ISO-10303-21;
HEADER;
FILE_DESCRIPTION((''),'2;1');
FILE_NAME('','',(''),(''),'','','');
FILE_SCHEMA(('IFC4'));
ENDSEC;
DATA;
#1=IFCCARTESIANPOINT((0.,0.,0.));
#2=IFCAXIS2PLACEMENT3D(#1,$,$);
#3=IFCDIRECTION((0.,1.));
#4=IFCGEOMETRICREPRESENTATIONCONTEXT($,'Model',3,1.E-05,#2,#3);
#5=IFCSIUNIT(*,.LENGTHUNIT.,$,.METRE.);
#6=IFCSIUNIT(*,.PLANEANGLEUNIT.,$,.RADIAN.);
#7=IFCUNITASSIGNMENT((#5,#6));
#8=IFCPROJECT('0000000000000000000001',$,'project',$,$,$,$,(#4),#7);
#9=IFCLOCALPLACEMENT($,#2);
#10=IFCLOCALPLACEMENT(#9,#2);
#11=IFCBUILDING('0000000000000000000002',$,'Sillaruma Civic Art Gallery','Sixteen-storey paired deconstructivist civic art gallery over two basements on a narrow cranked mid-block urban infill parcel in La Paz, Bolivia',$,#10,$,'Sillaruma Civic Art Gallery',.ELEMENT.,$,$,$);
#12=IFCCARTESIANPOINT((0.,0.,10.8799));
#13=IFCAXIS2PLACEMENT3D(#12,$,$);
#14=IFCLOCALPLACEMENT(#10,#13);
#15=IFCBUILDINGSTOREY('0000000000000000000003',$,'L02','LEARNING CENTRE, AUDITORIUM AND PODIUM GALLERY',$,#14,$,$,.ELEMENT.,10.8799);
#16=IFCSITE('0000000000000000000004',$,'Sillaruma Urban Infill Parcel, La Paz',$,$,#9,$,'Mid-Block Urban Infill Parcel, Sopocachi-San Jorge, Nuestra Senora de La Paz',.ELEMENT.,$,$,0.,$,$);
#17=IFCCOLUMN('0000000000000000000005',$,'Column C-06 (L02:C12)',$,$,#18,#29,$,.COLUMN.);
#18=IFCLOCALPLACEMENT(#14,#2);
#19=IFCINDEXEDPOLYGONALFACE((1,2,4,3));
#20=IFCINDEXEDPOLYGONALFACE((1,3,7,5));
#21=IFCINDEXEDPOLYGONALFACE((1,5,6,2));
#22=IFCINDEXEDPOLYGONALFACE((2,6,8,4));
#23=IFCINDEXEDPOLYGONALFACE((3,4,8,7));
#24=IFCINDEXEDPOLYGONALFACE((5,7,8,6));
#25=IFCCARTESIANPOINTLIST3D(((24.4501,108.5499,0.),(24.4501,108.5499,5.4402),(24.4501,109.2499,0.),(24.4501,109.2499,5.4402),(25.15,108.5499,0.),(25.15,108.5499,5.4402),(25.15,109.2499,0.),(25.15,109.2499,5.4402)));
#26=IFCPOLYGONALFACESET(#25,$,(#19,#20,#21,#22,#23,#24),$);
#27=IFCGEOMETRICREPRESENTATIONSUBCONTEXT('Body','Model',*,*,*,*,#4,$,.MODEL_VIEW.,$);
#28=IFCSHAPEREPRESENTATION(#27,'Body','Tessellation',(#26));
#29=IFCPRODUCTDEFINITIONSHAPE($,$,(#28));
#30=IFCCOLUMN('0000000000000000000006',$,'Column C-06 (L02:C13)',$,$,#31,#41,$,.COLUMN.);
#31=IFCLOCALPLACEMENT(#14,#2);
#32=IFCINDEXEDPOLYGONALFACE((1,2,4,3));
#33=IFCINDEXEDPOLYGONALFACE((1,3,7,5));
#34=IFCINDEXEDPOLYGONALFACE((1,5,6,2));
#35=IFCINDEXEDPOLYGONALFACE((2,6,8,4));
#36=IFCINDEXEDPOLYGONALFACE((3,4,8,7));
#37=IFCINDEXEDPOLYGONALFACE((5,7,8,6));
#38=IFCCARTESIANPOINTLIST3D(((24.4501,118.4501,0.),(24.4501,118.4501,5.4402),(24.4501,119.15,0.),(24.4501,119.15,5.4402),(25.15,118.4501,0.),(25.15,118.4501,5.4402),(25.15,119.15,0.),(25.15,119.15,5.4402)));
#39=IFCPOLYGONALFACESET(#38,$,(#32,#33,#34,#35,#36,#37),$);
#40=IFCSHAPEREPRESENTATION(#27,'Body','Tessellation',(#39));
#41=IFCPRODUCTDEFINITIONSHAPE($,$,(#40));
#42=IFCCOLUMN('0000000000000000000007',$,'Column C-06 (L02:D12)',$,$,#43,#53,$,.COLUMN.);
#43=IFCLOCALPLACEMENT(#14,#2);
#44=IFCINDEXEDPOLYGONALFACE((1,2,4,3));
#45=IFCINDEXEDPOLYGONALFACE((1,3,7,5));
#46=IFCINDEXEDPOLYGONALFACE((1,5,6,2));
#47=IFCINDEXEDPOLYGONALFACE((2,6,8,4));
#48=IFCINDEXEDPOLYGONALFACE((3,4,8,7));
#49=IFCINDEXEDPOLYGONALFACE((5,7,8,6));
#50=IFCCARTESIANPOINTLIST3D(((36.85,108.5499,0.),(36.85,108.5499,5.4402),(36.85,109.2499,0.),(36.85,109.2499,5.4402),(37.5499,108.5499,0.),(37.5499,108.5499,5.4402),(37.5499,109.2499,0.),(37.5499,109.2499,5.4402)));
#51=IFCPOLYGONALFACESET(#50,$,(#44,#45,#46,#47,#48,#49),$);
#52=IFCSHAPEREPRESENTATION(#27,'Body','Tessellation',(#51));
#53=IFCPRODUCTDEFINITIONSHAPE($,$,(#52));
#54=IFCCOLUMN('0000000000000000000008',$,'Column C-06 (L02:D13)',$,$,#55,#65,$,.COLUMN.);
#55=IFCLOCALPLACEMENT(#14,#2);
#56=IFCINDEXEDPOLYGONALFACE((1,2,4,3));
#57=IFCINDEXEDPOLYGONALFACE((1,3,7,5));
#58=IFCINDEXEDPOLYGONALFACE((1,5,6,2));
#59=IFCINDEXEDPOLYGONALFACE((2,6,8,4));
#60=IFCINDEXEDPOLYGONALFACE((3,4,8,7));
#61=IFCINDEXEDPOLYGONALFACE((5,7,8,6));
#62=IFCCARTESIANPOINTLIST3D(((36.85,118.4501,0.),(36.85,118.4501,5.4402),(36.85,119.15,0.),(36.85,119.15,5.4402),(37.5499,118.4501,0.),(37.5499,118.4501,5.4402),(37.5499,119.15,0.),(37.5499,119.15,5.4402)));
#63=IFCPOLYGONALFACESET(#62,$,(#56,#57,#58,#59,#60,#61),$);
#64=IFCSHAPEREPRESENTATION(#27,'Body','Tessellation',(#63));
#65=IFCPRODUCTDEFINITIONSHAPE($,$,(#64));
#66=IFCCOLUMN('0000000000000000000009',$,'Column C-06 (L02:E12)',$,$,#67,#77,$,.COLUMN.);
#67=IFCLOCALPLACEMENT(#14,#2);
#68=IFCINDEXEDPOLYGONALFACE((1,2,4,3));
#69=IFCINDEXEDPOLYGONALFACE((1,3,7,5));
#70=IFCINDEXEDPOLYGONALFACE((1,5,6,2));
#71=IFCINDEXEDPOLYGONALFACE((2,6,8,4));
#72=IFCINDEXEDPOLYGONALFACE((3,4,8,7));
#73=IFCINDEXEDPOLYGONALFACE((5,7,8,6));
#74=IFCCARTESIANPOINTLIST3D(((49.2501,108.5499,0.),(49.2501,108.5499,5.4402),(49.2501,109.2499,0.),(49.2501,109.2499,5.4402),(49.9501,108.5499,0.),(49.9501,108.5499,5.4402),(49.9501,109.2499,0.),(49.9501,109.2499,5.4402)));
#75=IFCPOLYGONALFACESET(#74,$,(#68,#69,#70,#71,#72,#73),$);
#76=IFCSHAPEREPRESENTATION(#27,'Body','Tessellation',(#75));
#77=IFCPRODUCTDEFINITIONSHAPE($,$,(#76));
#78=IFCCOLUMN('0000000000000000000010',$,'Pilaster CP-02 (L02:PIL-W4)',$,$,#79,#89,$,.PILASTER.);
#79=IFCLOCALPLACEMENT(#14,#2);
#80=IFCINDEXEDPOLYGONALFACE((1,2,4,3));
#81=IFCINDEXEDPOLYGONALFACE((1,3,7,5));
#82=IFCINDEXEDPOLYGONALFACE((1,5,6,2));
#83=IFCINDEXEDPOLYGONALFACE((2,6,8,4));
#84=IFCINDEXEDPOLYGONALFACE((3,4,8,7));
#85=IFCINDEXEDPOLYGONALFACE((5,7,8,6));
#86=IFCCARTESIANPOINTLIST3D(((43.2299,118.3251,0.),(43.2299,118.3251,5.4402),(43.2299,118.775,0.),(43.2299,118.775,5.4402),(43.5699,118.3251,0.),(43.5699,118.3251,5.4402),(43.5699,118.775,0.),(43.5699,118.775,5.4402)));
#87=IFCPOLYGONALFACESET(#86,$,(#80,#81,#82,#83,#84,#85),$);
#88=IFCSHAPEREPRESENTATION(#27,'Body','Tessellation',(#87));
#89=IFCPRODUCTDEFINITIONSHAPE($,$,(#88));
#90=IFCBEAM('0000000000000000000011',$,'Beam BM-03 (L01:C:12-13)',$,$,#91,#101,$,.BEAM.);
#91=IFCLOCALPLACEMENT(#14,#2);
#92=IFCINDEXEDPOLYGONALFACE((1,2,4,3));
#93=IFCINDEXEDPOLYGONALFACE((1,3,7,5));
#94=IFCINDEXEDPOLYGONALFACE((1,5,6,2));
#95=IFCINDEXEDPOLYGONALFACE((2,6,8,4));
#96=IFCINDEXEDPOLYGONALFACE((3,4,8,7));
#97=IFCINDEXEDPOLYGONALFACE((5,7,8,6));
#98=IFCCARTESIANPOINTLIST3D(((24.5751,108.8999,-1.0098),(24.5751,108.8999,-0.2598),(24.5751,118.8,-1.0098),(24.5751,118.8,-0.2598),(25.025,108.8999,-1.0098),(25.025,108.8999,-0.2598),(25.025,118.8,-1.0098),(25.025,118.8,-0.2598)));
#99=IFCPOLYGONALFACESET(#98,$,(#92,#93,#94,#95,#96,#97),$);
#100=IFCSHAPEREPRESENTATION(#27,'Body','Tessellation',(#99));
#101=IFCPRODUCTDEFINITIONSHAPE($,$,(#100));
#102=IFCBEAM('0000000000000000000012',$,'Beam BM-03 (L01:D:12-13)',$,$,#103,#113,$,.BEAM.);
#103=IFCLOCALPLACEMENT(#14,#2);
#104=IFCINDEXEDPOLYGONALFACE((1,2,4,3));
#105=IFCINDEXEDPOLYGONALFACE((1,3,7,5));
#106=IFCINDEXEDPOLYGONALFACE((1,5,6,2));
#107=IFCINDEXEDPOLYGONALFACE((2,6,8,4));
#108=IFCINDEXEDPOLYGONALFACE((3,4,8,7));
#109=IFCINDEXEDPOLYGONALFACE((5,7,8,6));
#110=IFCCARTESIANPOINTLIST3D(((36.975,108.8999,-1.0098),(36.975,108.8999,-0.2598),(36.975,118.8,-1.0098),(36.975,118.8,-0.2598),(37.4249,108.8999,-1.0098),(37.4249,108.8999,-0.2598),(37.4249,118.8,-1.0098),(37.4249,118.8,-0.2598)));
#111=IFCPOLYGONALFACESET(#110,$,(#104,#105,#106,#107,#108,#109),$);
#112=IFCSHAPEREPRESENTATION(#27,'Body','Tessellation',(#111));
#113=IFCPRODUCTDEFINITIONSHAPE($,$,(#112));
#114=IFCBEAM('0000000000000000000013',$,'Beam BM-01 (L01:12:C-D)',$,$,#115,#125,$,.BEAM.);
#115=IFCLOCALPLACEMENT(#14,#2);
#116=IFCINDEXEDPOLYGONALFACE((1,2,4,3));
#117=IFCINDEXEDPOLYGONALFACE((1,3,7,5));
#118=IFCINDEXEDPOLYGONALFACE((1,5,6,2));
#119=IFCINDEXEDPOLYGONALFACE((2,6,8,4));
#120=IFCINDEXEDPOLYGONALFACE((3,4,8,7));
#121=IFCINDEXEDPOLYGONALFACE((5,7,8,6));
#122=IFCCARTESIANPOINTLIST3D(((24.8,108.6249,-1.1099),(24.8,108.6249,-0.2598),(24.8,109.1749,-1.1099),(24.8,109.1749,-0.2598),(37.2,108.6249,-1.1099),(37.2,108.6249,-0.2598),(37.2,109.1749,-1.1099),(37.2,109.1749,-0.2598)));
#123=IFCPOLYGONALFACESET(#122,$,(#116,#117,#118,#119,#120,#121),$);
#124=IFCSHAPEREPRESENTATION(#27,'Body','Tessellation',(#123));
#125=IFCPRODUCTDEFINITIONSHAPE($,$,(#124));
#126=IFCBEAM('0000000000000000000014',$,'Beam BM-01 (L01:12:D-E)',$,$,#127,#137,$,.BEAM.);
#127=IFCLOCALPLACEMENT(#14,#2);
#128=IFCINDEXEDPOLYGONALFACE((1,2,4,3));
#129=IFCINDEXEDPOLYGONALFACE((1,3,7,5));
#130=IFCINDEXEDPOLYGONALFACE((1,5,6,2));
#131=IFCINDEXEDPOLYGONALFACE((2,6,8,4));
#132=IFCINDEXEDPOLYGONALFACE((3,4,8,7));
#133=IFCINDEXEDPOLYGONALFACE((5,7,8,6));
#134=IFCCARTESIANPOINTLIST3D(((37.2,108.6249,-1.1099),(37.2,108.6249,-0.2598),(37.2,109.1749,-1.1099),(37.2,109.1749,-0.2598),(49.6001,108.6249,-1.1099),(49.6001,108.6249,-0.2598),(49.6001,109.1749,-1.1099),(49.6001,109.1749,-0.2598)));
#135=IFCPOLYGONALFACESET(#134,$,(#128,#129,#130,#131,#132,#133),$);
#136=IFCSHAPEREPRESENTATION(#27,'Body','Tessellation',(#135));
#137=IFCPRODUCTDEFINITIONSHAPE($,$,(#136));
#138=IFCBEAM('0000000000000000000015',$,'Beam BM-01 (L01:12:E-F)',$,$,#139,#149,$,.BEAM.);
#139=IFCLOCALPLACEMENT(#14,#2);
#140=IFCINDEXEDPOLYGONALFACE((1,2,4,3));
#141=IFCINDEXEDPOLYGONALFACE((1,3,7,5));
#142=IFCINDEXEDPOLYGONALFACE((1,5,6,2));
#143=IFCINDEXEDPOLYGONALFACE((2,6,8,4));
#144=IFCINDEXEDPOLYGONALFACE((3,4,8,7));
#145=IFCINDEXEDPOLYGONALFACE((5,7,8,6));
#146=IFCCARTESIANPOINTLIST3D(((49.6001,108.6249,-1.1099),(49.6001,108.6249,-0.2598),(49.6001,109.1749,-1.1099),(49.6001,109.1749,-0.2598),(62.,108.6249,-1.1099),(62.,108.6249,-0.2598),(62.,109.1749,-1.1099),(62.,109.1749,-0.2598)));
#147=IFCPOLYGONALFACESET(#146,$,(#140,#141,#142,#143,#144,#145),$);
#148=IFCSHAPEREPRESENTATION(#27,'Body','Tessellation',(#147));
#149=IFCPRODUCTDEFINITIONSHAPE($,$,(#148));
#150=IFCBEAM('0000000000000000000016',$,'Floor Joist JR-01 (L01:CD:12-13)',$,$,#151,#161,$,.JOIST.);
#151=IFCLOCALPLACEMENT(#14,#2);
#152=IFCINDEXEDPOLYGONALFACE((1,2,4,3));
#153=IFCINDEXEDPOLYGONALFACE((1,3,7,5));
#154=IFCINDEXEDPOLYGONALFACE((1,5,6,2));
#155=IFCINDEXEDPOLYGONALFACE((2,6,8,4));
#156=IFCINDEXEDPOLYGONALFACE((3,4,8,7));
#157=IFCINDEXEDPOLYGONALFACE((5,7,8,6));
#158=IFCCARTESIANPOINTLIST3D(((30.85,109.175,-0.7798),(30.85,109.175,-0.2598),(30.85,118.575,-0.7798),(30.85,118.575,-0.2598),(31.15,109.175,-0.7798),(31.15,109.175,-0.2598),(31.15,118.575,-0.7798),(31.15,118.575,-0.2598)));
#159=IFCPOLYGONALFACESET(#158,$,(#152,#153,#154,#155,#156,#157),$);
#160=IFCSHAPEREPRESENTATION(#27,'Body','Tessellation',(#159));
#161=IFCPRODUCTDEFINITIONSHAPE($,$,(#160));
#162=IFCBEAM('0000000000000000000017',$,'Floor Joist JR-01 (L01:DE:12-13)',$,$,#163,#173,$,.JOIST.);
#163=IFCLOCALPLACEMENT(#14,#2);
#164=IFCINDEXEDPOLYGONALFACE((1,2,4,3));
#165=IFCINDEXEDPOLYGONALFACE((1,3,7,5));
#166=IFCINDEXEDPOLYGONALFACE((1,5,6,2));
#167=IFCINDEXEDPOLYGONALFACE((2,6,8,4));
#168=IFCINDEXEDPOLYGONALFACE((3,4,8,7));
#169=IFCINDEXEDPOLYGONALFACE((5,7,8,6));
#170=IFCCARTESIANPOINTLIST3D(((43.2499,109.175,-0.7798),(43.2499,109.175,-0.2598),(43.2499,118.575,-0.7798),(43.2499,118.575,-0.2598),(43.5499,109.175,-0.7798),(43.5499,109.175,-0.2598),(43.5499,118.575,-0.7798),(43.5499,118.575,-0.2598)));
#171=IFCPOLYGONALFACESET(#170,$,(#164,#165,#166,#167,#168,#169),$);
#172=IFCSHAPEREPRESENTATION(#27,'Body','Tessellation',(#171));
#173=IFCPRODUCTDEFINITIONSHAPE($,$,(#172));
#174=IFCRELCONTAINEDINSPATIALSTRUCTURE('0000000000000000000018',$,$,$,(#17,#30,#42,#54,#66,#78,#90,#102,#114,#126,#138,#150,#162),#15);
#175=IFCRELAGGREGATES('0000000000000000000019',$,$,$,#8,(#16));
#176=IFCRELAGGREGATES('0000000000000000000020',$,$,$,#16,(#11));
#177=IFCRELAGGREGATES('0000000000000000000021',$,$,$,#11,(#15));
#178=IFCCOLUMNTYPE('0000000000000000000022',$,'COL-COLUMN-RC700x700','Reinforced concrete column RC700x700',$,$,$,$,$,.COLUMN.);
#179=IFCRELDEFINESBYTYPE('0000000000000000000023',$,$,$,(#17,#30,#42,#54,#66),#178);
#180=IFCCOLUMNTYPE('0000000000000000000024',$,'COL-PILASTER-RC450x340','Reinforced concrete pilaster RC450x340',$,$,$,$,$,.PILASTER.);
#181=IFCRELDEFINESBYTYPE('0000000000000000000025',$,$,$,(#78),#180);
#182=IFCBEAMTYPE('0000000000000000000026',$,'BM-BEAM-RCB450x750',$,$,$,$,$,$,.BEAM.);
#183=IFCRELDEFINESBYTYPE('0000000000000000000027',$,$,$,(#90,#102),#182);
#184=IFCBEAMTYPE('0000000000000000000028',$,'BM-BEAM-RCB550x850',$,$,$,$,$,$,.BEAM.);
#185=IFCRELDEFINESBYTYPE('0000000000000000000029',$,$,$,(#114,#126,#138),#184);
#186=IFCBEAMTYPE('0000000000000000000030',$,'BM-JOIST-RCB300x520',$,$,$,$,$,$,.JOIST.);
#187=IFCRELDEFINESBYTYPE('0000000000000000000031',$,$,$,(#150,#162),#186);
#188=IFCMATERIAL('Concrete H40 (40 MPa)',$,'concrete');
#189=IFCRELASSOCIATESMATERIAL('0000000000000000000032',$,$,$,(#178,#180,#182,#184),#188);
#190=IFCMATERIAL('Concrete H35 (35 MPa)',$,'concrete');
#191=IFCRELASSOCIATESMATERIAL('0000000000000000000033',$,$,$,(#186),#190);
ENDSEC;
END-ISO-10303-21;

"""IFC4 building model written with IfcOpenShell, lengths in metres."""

from ifc_helpers import new_model, si_unit, direction, frame, origin, origin_2d, place, context, subcontext, project, spatial, rectangle, extrude, material, material_profile, profile_set, type_object, element, save


model = new_model("IFC4")

# Units and contexts
model_context = context("Model", 3, precision=1e-05, world=origin(), true_north=direction((0.0, 1.0)))
body_context = subcontext(model_context, "Body", "Model", "MODEL_VIEW")
ifc_project = project(units=[si_unit("LENGTHUNIT", "METRE"), si_unit("PLANEANGLEUNIT", "RADIAN")], contexts=[model_context])

# Site, building, storey
site_placement = place(None, origin())
site = spatial("IfcSite", under=ifc_project, at=site_placement, Name="Sillaruma Urban Infill Parcel, La Paz", LongName="Mid-Block Urban Infill Parcel, Sopocachi-San Jorge, Nuestra Senora de La Paz", CompositionType="ELEMENT", RefElevation=0.0)
building_placement = place(site_placement, origin())
building = spatial("IfcBuilding", under=site, at=building_placement, Name="Sillaruma Civic Art Gallery", Description="Sixteen-storey paired deconstructivist civic art gallery over two basements on a narrow cranked mid-block urban infill parcel in La Paz, Bolivia", LongName="Sillaruma Civic Art Gallery", CompositionType="ELEMENT")
storey_placement = place(building_placement, frame((0.0, 0.0, 10.8799)))
storey = spatial("IfcBuildingStorey", under=building, at=storey_placement, Name="L02", Description="LEARNING CENTRE, AUDITORIUM AND PODIUM GALLERY", CompositionType="ELEMENT", Elevation=10.8799)

# Columns
ifc_material_1 = material(Name="Concrete H40 (40 MPa)", Category="concrete")
ifc_material_profile_1 = material_profile(ifc_material_1, rectangle(XDim=0.7, YDim=0.7, at=origin_2d()), Name="RC700x700")
ifc_profile_set_1 = profile_set([ifc_material_profile_1], Name="Concrete H40 (40 MPa)")
column_type_1 = type_object("IfcColumnType", Name="COL-COLUMN-RC700x700", Description="Reinforced concrete column RC700x700", PredefinedType="COLUMN", material=ifc_profile_set_1)
for number, where, z_axis, x_axis, name in (
    (1, (24.8, 108.8999, 0.0), (0.0, 0.0, 1.0), (1.0, 0.0, 0.0), "Column C-06 (L02:C12)"),
    (2, (24.8, 118.8, 0.0), (0.0, 0.0, 1.0), (1.0, 0.0, 0.0), "Column C-06 (L02:C13)"),
    (3, (37.2, 108.8999, 0.0), (0.0, 0.0, 1.0), (1.0, 0.0, 0.0), "Column C-06 (L02:D12)"),
    (4, (37.2, 118.8, 0.0), (0.0, 0.0, 1.0), (1.0, 0.0, 0.0), "Column C-06 (L02:D13)"),
    (5, (49.6001, 108.8999, 0.0), (0.0, 0.0, 1.0), (1.0, 0.0, 0.0), "Column C-06 (L02:E12)"),
):
    element("IfcColumn", number, at=place(storey_placement, frame(where, z_axis=z_axis, x_axis=x_axis)), inside=storey, type_object=column_type_1, Name=name, PredefinedType="COLUMN", context=body_context, shape_type="SweptSolid", body=[
        extrude(rectangle(XDim=0.7, YDim=0.7, at=origin_2d()), origin(), (0.0, 0.0, 1.0), 5.4402),
    ])
ifc_material_profile_2 = material_profile(ifc_material_1, rectangle(XDim=0.3401, YDim=0.45, at=origin_2d()), Name="RC450x340")
ifc_profile_set_2 = profile_set([ifc_material_profile_2], Name="Concrete H40 (40 MPa)")
column_type_2 = type_object("IfcColumnType", Name="COL-PILASTER-RC450x340", Description="Reinforced concrete pilaster RC450x340", PredefinedType="PILASTER", material=ifc_profile_set_2)
column_placement = place(storey_placement, frame((43.3999, 118.55, 0.0), z_axis=(0.0, 0.0, 1.0), x_axis=(1.0, 0.0, 0.0)))
element("IfcColumn", 6, at=column_placement, inside=storey, type_object=column_type_2, Name="Pilaster CP-02 (L02:PIL-W4)", PredefinedType="PILASTER", context=body_context, shape_type="SweptSolid", body=[
    extrude(rectangle(XDim=0.3401, YDim=0.45, at=origin_2d()), origin(), (0.0, 0.0, 1.0), 5.4402),
])

# Beams
ifc_material_profile_3 = material_profile(ifc_material_1, rectangle(XDim=0.45, YDim=0.75, at=origin_2d()), Name="RCB450x750")
ifc_profile_set_3 = profile_set([ifc_material_profile_3], Name="Concrete H40 (40 MPa)")
beam_type_1 = type_object("IfcBeamType", Name="BM-BEAM-RCB450x750", PredefinedType="BEAM", material=ifc_profile_set_3)
for number, where, z_axis, x_axis, name in (
    (7, (24.8, 108.8999, -0.6348), (0.0, 1.0, 0.0), (-1.0, 0.0, 0.0), "Beam BM-03 (L01:C:12-13)"),
    (8, (37.2, 108.8999, -0.6348), (0.0, 1.0, 0.0), (-1.0, 0.0, 0.0), "Beam BM-03 (L01:D:12-13)"),
):
    element("IfcBeam", number, at=place(storey_placement, frame(where, z_axis=z_axis, x_axis=x_axis)), inside=storey, type_object=beam_type_1, Name=name, PredefinedType="BEAM", context=body_context, shape_type="SweptSolid", body=[
        extrude(rectangle(XDim=0.45, YDim=0.75, at=origin_2d()), origin(), (0.0, 0.0, 1.0), 9.9001),
    ])
ifc_material_profile_4 = material_profile(ifc_material_1, rectangle(XDim=0.55, YDim=0.8501, at=origin_2d()), Name="RCB550x850")
ifc_profile_set_4 = profile_set([ifc_material_profile_4], Name="Concrete H40 (40 MPa)")
beam_type_2 = type_object("IfcBeamType", Name="BM-BEAM-RCB550x850", PredefinedType="BEAM", material=ifc_profile_set_4)
beam_1_placement = place(storey_placement, frame((24.8, 108.8999, -0.6848), z_axis=(1.0, 0.0, 0.0), x_axis=(0.0, 1.0, 0.0)))
element("IfcBeam", 9, at=beam_1_placement, inside=storey, type_object=beam_type_2, Name="Beam BM-01 (L01:12:C-D)", PredefinedType="BEAM", context=body_context, shape_type="SweptSolid", body=[
    extrude(rectangle(XDim=0.55, YDim=0.8501, at=origin_2d()), origin(), (0.0, 0.0, 1.0), 12.3999),
])
beam_2_placement = place(storey_placement, frame((37.2, 108.8999, -0.6848), z_axis=(1.0, 0.0, 0.0), x_axis=(0.0, 1.0, 0.0)))
element("IfcBeam", 10, at=beam_2_placement, inside=storey, type_object=beam_type_2, Name="Beam BM-01 (L01:12:D-E)", PredefinedType="BEAM", context=body_context, shape_type="SweptSolid", body=[
    extrude(rectangle(XDim=0.55, YDim=0.8501, at=origin_2d()), origin(), (0.0, 0.0, 1.0), 12.4001),
])
beam_3_placement = place(storey_placement, frame((49.6001, 108.8999, -0.6848), z_axis=(1.0, 0.0, 0.0), x_axis=(0.0, 1.0, 0.0)))
element("IfcBeam", 11, at=beam_3_placement, inside=storey, type_object=beam_type_2, Name="Beam BM-01 (L01:12:E-F)", PredefinedType="BEAM", context=body_context, shape_type="SweptSolid", body=[
    extrude(rectangle(XDim=0.55, YDim=0.8501, at=origin_2d()), origin(), (0.0, 0.0, 1.0), 12.3999),
])
ifc_material_2 = material(Name="Concrete H35 (35 MPa)", Category="concrete")
ifc_material_profile_5 = material_profile(ifc_material_2, rectangle(XDim=0.3, YDim=0.52, at=origin_2d()), Name="RCB300x520")
ifc_profile_set_5 = profile_set([ifc_material_profile_5], Name="Concrete H35 (35 MPa)")
beam_type_3 = type_object("IfcBeamType", Name="BM-JOIST-RCB300x520", PredefinedType="JOIST", material=ifc_profile_set_5)
for number, where, z_axis, x_axis, name in (
    (12, (31.0, 109.175, -0.5198), (0.0, 1.0, 0.0), (-1.0, 0.0, 0.0), "Floor Joist JR-01 (L01:CD:12-13)"),
    (13, (43.3999, 109.175, -0.5198), (0.0, 1.0, 0.0), (-1.0, 0.0, 0.0), "Floor Joist JR-01 (L01:DE:12-13)"),
):
    element("IfcBeam", number, at=place(storey_placement, frame(where, z_axis=z_axis, x_axis=x_axis)), inside=storey, type_object=beam_type_3, Name=name, PredefinedType="JOIST", context=body_context, shape_type="SweptSolid", body=[
        extrude(rectangle(XDim=0.3, YDim=0.52, at=origin_2d()), origin(), (0.0, 0.0, 1.0), 9.3999),
    ])

save(model, "model.ifc")
